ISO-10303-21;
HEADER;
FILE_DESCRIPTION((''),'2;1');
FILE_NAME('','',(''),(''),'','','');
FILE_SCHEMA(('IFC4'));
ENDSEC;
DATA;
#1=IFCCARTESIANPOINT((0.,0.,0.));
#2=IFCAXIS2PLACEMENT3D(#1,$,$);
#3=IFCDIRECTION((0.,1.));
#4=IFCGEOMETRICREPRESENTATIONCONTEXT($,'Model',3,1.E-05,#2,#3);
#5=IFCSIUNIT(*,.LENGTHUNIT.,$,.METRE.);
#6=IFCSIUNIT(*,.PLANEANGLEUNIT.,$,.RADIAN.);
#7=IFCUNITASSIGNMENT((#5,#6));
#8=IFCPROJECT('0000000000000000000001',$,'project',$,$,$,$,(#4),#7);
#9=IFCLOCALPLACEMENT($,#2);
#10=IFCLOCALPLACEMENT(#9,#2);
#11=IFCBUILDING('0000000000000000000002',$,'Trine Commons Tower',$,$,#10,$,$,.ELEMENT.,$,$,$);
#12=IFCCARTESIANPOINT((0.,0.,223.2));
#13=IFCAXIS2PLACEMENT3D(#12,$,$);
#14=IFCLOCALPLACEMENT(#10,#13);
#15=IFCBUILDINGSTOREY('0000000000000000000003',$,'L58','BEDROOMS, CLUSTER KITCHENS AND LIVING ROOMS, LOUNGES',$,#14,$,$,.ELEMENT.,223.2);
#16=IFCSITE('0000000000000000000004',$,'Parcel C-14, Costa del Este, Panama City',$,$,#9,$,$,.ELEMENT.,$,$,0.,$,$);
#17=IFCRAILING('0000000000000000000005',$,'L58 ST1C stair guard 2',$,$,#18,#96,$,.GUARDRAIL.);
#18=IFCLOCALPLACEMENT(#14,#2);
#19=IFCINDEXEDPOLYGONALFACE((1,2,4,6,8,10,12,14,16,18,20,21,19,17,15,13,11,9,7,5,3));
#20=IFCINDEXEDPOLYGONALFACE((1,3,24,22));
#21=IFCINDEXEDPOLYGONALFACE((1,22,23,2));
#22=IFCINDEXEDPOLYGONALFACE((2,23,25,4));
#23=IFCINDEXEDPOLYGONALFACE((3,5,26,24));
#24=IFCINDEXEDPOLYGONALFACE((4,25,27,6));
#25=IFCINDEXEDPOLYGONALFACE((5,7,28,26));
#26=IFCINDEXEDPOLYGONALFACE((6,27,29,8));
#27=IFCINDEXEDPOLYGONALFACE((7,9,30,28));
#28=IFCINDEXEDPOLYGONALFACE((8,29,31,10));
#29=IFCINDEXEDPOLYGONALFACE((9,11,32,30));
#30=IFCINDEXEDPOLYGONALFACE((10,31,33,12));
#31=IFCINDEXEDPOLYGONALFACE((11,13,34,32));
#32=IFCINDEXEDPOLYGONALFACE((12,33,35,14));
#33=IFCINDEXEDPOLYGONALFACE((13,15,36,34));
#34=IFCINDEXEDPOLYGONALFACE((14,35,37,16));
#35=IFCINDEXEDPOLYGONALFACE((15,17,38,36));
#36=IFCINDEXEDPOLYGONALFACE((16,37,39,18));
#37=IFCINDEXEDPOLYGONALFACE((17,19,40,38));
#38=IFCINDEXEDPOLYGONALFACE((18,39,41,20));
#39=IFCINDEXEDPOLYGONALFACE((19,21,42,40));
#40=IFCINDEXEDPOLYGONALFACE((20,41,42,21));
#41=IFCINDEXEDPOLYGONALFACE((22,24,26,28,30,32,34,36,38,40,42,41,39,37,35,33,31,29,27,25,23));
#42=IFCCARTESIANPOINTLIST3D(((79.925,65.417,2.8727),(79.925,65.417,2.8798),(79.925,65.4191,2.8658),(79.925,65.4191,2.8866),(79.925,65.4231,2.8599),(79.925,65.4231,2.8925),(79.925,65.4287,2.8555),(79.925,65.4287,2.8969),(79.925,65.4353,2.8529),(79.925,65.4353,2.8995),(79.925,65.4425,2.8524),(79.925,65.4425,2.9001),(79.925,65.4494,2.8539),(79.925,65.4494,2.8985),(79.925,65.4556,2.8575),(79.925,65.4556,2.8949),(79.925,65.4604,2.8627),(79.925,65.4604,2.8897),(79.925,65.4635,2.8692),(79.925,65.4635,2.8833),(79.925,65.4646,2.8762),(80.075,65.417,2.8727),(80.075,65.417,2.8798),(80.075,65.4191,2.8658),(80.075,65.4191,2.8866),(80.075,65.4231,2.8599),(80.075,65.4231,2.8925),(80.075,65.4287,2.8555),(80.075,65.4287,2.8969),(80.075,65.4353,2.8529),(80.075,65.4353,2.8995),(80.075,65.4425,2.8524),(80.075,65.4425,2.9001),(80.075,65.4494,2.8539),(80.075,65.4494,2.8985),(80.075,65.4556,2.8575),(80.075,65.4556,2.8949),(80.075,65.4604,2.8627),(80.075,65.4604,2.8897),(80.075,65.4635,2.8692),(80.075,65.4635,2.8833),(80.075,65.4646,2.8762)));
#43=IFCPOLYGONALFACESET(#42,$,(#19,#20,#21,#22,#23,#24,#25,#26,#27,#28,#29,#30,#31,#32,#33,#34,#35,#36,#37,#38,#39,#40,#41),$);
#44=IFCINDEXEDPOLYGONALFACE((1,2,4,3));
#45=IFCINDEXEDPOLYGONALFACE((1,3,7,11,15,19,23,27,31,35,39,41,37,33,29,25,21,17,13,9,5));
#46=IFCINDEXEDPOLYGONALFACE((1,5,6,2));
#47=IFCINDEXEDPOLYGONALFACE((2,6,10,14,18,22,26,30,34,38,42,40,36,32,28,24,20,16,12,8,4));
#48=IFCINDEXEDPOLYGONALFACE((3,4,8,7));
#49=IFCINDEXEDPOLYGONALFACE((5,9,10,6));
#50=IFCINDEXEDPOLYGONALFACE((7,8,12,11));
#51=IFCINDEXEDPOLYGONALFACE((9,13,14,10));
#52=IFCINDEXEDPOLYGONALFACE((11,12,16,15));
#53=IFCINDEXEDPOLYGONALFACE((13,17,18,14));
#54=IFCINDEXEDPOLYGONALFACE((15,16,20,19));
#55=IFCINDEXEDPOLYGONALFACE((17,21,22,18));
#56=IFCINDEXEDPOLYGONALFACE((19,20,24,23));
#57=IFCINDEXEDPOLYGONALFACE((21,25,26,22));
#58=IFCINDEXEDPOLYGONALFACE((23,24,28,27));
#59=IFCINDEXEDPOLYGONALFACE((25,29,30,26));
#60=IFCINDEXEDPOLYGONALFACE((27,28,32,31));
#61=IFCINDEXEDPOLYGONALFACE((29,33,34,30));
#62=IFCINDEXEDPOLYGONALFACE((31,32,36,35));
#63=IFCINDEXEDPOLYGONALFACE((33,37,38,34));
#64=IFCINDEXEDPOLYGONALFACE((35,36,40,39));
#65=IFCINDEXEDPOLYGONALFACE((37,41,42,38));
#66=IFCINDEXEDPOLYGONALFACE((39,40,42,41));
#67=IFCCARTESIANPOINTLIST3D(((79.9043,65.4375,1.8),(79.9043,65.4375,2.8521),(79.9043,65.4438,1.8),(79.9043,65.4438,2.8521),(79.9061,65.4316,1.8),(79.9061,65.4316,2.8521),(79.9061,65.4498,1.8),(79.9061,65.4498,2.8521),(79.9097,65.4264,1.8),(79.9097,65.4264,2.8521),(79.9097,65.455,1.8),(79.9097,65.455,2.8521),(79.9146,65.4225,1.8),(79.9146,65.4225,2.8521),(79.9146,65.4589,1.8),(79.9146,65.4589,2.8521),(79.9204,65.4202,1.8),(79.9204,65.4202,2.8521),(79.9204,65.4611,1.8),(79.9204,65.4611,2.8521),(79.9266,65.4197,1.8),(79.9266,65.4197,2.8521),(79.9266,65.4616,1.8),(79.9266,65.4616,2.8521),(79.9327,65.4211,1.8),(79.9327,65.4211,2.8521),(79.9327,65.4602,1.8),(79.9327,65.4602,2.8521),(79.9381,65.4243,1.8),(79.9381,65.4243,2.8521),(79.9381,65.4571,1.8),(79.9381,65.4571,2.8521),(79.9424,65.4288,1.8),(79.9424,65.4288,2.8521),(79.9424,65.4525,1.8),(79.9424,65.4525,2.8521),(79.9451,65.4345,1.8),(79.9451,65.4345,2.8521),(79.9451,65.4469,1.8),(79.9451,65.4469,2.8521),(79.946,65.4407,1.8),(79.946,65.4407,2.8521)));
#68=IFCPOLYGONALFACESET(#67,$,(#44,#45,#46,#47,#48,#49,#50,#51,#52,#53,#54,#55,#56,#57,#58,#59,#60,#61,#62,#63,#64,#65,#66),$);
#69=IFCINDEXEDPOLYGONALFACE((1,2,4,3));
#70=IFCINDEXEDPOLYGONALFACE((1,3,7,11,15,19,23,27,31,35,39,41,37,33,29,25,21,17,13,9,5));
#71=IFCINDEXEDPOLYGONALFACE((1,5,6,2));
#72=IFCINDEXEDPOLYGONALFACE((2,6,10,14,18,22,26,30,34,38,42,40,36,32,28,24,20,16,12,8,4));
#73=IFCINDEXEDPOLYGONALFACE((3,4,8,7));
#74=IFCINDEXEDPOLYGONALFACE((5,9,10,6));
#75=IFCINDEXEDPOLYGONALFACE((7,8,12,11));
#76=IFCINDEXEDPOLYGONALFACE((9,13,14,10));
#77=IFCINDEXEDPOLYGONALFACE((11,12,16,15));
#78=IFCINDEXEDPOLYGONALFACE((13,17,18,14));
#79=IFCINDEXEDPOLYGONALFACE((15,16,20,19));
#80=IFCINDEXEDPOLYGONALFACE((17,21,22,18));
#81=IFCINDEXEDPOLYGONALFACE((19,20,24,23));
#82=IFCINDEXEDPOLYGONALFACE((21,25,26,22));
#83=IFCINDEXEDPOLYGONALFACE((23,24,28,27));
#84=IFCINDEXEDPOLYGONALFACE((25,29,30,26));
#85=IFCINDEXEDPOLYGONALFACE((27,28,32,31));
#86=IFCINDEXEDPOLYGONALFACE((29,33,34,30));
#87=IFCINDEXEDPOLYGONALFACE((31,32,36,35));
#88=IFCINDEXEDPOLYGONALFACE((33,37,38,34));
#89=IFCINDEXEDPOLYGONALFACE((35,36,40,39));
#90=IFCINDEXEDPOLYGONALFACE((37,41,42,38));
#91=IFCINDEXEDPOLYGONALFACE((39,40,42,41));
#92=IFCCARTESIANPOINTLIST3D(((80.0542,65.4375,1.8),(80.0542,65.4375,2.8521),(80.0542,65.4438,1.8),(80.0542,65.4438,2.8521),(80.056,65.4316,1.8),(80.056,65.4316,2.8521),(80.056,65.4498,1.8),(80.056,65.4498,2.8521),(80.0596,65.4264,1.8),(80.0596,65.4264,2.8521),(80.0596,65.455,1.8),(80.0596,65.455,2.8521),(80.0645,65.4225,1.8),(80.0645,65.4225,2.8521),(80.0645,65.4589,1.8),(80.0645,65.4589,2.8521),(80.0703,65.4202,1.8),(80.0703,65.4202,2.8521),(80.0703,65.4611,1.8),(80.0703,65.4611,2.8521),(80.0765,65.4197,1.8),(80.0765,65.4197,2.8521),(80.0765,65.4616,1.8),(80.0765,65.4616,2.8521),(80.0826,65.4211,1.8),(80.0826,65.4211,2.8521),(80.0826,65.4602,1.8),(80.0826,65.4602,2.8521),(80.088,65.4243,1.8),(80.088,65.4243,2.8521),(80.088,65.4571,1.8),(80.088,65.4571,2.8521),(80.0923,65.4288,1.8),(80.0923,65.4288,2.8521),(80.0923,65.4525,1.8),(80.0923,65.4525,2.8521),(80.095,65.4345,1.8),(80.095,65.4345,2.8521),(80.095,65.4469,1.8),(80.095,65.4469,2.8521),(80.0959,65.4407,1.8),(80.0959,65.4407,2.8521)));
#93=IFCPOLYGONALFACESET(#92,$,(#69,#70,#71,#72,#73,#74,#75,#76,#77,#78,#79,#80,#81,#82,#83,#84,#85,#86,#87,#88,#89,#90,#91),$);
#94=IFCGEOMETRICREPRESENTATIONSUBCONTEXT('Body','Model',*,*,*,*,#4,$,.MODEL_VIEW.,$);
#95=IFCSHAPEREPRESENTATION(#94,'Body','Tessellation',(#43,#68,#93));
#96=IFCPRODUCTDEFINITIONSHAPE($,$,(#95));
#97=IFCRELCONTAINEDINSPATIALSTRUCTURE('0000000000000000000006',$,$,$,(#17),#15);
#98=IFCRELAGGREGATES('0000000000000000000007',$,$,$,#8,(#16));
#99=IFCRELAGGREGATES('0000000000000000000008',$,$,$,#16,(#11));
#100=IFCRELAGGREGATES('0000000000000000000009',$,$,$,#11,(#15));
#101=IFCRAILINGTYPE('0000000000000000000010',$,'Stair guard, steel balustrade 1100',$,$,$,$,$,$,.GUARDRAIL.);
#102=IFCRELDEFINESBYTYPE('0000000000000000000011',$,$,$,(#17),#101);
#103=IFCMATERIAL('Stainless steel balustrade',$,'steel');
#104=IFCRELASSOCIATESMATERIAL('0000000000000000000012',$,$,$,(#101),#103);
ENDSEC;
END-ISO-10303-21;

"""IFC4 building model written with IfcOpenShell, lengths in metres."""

from ifc_helpers import new_model, si_unit, direction, frame, origin, origin_2d, place, context, subcontext, project, spatial, circle, extrude, material, type_object, element, save


model = new_model("IFC4")

# Units and contexts
model_context = context("Model", 3, precision=1e-05, world=origin(), true_north=direction((0.0, 1.0)))
body_context = subcontext(model_context, "Body", "Model", "MODEL_VIEW")
ifc_project = project(units=[si_unit("LENGTHUNIT", "METRE"), si_unit("PLANEANGLEUNIT", "RADIAN")], contexts=[model_context])

# Site, building, storey
site_placement = place(None, origin())
site = spatial("IfcSite", under=ifc_project, at=site_placement, Name="Parcel C-14, Costa del Este, Panama City", CompositionType="ELEMENT", RefElevation=0.0)
building_placement = place(site_placement, origin())
building = spatial("IfcBuilding", under=site, at=building_placement, Name="Trine Commons Tower", CompositionType="ELEMENT")
storey_placement = place(building_placement, frame((0.0, 0.0, 223.2)))
storey = spatial("IfcBuildingStorey", under=building, at=storey_placement, Name="L58", Description="BEDROOMS, CLUSTER KITCHENS AND LIVING ROOMS, LOUNGES", CompositionType="ELEMENT", Elevation=223.2)

# Railing
ifc_material_1 = material(Name="Stainless steel balustrade", Category="steel")
railing_type_1 = type_object("IfcRailingType", Name="Stair guard, steel balustrade 1100", PredefinedType="GUARDRAIL", material=ifc_material_1)
railing_1_placement = place(storey_placement, frame((79.925, 65.4407, 1.8)))
element("IfcRailing", 1, at=railing_1_placement, inside=storey, type_object=railing_type_1, Name="L58 ST1C stair guard 2", PredefinedType="GUARDRAIL", context=body_context, shape_type="SweptSolid", body=[
    extrude(circle(Radius=0.0239, at=origin_2d()), frame((0.0, 0.0, 1.0762), z_axis=(1.0, 0.0, 0.0), x_axis=(0.0, 1.0, 0.0)), (0.0, 0.0, 1.0), 0.1499),
    extrude(circle(Radius=0.021, at=origin_2d()), origin(), (0.0, 0.0, 1.0), 1.052),
    extrude(circle(Radius=0.021, at=origin_2d()), frame((0.1499, 0.0, 0.0)), (0.0, 0.0, 1.0), 1.052),
])

save(model, "model.ifc")
